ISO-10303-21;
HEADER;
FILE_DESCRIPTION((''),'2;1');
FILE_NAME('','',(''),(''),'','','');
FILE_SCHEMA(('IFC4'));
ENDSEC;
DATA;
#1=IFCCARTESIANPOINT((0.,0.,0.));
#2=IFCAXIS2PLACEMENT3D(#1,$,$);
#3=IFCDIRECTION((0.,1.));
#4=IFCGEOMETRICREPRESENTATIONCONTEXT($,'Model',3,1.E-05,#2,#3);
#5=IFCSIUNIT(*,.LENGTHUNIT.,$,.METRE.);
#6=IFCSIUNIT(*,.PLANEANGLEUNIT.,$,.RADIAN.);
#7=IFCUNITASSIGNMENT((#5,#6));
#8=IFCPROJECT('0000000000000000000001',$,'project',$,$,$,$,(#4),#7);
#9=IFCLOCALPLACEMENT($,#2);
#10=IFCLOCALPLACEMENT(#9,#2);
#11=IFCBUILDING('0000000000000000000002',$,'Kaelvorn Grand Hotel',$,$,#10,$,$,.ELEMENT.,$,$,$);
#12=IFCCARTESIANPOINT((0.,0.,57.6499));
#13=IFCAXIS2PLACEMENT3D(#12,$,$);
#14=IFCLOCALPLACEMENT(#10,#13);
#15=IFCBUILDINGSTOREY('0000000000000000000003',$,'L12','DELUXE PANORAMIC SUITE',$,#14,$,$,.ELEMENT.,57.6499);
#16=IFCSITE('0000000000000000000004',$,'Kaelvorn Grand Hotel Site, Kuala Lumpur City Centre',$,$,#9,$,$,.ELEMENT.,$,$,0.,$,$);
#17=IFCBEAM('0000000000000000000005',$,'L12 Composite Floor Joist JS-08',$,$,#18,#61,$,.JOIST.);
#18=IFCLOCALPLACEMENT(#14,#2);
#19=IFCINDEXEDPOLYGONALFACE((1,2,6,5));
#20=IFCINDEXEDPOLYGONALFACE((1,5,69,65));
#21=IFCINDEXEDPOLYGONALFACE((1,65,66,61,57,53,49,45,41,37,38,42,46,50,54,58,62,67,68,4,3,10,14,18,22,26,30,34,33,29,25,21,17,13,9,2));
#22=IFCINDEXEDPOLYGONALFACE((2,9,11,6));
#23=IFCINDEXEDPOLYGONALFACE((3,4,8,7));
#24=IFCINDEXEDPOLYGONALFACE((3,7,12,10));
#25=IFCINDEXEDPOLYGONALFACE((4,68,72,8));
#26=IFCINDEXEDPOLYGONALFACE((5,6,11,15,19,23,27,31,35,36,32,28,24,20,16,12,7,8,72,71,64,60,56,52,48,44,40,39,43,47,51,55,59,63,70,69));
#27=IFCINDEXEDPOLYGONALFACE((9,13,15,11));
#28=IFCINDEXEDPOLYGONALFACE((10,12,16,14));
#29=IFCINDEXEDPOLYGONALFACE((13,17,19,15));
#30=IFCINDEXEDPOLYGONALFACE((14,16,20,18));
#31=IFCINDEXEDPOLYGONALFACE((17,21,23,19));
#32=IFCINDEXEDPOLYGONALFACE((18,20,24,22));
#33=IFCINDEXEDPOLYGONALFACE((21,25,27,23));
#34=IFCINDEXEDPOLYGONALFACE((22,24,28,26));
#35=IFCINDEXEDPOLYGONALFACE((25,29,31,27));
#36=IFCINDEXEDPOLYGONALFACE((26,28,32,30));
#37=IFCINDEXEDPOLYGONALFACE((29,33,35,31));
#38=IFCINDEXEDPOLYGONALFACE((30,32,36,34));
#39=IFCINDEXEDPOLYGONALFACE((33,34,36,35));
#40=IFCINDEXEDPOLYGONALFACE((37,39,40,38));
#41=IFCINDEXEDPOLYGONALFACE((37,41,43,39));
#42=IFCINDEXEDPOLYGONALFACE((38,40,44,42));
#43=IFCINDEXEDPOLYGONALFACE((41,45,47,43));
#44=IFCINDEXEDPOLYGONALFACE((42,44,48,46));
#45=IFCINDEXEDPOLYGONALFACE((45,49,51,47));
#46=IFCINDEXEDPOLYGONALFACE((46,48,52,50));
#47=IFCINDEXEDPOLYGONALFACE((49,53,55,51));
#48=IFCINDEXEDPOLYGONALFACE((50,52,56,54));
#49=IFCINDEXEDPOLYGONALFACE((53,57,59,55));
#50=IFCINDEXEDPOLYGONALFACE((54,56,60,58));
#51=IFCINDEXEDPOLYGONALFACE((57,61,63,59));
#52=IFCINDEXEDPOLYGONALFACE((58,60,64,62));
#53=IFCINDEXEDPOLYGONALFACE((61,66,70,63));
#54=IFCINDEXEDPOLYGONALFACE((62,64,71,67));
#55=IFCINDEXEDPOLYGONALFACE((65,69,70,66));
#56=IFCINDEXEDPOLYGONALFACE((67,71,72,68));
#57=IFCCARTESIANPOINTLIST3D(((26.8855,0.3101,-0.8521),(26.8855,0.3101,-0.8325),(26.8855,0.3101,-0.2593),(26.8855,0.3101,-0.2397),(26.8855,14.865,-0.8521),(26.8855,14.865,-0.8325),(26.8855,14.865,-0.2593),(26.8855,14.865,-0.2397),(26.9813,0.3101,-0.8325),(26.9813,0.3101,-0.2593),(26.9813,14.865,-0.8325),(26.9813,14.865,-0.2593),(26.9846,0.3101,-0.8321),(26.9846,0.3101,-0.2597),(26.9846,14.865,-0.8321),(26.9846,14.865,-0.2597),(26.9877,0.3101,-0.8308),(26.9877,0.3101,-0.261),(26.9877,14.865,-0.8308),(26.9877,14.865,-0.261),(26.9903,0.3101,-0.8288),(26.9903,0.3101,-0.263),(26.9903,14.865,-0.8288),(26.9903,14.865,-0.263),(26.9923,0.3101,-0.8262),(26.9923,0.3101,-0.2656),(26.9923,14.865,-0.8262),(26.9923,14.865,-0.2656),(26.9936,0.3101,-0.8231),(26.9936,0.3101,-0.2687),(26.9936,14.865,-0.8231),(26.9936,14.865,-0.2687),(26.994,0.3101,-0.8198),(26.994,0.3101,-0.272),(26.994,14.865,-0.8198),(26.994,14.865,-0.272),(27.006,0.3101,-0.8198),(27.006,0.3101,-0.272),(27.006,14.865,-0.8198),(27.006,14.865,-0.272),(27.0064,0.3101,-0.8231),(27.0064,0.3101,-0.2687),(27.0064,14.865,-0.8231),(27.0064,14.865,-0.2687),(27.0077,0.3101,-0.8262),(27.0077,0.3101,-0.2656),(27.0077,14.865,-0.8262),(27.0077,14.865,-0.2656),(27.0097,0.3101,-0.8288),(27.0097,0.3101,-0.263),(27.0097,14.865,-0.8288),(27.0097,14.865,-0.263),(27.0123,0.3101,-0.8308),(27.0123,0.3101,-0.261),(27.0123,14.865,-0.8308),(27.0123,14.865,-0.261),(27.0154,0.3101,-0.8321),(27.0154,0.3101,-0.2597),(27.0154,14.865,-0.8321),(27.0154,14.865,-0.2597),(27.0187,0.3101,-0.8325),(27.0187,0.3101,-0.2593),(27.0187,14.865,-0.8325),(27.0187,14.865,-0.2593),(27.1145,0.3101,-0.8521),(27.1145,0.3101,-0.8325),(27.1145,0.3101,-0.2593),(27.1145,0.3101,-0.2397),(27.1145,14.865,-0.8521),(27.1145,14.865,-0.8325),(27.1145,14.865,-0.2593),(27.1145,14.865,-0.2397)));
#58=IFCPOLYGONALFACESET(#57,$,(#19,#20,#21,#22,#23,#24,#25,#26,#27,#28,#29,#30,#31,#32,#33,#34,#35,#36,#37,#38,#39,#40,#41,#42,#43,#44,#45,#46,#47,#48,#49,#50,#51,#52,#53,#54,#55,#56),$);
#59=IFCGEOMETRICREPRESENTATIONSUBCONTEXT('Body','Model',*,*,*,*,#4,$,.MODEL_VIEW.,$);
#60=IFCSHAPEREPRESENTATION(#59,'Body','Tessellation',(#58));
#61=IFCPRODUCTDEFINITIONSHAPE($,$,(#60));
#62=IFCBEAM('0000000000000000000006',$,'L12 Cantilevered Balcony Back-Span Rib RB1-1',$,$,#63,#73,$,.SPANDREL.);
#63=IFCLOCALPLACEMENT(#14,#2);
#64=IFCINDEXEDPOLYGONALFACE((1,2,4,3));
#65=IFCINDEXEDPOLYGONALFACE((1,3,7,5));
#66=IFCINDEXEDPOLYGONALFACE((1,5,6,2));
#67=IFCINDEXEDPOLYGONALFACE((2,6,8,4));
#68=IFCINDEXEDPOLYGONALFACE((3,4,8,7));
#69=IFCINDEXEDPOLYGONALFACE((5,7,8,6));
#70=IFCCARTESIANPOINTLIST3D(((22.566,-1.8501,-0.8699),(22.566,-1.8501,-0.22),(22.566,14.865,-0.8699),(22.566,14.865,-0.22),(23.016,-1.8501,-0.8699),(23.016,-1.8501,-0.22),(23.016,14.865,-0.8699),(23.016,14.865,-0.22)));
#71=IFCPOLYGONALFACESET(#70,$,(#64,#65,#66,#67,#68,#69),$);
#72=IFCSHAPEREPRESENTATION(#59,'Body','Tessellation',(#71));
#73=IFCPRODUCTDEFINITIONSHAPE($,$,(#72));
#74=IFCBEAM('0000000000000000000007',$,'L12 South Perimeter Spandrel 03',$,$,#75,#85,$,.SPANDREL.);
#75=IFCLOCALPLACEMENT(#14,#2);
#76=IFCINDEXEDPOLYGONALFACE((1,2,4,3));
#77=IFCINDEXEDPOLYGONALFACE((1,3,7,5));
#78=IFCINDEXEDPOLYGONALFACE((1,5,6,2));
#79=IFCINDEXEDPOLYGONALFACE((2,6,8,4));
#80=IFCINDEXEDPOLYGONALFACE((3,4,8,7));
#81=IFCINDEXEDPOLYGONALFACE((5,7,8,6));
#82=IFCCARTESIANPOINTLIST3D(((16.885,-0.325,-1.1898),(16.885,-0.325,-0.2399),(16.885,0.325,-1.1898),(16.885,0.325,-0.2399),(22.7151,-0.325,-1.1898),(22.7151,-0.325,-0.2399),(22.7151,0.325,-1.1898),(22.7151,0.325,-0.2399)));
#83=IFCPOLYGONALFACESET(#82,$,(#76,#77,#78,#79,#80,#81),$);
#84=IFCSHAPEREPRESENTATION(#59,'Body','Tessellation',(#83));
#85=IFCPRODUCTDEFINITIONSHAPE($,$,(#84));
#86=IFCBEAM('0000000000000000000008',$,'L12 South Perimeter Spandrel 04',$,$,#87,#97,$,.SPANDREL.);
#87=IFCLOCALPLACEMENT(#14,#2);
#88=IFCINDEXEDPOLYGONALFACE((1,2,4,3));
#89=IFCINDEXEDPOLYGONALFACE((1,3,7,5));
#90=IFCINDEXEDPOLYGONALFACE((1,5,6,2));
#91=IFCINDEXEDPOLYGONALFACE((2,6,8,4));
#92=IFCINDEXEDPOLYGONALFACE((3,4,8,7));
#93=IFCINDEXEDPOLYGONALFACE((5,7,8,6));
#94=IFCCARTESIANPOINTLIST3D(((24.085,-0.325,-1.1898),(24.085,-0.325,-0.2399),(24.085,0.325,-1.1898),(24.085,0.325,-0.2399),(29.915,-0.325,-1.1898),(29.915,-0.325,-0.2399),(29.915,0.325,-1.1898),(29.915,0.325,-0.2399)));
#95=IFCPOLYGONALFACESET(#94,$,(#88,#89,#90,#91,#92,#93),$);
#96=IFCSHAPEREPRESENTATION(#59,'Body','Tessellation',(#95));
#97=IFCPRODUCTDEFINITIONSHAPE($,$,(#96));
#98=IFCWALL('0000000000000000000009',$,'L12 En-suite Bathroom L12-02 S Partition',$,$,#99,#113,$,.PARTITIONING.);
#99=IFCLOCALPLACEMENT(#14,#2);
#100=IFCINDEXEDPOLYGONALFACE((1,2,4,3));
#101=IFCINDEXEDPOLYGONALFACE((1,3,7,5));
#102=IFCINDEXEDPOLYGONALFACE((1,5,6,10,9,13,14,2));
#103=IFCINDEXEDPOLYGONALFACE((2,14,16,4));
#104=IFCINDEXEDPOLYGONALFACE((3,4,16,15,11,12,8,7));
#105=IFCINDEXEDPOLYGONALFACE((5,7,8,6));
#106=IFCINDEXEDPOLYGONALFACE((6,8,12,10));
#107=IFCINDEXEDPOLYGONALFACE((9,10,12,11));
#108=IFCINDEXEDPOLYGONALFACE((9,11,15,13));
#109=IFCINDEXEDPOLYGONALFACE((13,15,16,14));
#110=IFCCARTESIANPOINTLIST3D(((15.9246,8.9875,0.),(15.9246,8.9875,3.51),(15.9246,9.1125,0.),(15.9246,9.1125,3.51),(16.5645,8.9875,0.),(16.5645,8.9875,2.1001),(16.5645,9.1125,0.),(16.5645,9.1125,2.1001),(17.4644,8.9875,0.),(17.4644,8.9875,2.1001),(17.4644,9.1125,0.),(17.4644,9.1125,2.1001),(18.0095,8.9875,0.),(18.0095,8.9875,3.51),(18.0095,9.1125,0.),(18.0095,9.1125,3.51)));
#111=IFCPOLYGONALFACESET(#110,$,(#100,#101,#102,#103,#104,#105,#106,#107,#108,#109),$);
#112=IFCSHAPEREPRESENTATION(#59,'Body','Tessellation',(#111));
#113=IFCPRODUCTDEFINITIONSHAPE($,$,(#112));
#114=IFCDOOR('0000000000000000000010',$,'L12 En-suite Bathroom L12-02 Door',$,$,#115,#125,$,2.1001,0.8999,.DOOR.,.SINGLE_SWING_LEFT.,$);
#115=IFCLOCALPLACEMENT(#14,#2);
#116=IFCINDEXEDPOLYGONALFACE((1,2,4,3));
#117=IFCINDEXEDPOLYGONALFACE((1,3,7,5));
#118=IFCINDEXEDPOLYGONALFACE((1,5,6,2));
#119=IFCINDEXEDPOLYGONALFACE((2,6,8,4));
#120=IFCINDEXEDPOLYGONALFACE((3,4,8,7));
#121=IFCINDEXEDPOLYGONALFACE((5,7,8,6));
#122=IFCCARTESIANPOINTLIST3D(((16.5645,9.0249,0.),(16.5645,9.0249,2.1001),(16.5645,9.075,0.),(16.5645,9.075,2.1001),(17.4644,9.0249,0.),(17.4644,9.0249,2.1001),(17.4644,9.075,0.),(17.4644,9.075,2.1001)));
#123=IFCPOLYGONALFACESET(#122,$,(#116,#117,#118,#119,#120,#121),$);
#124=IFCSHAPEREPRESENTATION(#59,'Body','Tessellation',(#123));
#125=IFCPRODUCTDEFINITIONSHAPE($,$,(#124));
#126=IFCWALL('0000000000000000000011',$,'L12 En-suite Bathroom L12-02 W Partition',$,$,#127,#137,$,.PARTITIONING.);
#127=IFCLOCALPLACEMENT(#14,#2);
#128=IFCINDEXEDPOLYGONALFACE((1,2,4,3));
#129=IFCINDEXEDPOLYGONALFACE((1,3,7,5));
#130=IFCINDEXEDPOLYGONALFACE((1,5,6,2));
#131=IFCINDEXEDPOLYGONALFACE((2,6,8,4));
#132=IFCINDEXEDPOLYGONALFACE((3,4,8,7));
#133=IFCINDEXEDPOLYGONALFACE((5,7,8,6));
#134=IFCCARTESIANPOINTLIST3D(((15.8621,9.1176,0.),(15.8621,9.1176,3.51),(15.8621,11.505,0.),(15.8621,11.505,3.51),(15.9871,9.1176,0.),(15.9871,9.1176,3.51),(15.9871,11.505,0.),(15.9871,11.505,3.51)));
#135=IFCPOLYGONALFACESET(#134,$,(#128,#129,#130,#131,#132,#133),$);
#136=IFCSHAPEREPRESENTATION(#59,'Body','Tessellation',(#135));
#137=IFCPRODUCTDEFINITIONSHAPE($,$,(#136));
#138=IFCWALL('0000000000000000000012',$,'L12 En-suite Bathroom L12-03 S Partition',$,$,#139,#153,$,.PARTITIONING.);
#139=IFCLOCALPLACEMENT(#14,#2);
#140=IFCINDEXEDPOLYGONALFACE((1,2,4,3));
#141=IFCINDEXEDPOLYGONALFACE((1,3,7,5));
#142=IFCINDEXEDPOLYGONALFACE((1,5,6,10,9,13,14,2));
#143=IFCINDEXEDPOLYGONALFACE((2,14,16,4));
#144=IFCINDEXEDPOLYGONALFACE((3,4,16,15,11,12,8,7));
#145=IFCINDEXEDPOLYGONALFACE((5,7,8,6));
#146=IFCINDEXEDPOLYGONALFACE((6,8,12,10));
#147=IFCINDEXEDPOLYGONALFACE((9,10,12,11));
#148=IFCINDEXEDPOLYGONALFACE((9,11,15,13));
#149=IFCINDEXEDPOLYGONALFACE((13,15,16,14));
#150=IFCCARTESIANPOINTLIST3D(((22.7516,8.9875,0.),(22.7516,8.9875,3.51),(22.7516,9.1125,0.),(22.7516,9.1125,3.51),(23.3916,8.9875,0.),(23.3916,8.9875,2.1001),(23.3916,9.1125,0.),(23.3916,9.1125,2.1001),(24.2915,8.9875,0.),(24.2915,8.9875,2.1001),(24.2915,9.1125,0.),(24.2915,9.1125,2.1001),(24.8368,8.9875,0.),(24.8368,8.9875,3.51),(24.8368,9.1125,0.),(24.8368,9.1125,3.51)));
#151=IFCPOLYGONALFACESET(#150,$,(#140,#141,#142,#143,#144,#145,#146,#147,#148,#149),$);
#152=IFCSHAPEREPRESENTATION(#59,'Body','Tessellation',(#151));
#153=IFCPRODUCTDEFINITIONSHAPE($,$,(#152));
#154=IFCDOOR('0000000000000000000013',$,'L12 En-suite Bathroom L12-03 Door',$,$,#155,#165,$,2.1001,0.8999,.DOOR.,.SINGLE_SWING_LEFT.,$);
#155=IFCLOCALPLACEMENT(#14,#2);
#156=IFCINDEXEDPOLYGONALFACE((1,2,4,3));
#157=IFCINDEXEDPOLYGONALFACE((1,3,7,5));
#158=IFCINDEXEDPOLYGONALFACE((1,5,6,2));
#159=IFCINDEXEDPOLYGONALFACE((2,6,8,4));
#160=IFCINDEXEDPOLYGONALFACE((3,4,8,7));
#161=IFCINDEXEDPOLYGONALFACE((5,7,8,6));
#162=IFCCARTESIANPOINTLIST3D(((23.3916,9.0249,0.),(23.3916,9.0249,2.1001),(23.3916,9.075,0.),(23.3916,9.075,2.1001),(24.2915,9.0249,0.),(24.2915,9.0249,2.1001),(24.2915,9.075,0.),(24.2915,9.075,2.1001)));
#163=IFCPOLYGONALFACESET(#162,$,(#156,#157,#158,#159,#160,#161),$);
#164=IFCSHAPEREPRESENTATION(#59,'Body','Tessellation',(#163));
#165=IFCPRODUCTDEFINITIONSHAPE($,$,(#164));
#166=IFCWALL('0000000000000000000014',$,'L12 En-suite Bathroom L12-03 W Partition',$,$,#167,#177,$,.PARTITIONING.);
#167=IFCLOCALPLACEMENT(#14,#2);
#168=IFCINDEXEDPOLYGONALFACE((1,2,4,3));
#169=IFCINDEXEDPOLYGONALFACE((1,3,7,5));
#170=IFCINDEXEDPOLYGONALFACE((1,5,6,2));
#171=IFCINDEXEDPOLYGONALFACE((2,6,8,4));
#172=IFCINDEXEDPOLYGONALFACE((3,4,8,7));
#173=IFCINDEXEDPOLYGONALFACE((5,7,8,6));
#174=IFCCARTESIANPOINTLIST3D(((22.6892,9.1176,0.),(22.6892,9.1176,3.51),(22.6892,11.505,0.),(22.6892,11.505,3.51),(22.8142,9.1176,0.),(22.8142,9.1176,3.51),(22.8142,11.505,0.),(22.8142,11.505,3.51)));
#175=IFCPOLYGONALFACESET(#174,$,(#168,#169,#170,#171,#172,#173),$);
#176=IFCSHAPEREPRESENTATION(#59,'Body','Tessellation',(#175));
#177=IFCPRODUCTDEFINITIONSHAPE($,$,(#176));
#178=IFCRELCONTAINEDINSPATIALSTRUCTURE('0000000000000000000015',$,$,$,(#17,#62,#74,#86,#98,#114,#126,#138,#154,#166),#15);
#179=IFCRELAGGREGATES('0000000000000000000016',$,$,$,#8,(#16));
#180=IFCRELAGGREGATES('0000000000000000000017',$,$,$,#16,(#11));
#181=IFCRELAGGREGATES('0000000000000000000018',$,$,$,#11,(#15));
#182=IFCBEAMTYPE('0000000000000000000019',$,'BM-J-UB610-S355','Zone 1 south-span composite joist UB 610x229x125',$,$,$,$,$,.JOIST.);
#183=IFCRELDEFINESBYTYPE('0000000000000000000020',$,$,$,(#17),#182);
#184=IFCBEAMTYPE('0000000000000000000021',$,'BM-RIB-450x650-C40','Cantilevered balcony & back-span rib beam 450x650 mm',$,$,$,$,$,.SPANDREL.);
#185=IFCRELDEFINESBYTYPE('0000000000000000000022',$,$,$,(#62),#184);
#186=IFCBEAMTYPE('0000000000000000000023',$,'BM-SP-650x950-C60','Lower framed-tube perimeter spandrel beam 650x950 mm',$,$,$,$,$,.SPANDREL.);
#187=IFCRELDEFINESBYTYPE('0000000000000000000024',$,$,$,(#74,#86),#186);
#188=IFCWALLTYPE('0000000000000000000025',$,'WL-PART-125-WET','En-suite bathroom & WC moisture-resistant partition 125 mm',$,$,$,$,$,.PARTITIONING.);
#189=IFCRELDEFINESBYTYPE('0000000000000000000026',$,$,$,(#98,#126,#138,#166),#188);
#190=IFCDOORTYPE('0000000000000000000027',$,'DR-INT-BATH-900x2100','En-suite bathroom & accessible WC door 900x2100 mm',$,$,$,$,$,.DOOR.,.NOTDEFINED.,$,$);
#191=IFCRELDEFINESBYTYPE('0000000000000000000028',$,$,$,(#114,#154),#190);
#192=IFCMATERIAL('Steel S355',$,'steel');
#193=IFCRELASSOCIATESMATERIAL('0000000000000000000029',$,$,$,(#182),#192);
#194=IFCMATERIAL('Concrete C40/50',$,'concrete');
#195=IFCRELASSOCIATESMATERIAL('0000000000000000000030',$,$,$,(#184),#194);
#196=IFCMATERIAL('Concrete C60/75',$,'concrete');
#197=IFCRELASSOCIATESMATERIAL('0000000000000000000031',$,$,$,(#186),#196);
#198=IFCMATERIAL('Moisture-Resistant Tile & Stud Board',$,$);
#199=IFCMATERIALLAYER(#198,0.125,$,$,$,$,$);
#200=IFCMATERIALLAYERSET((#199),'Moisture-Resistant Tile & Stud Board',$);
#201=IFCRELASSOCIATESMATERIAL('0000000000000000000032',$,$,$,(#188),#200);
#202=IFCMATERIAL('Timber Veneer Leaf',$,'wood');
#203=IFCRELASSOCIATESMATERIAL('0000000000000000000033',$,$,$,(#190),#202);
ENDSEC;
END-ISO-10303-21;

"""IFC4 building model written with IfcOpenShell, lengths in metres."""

from ifc_helpers import new_model, si_unit, direction, frame, frame_2d, origin, origin_2d, place, context, subcontext, project, spatial, rectangle, i_section, extrude, material, layer, layer_set, material_profile, profile_set, type_object, element, fill, save


model = new_model("IFC4")

# Units and contexts
model_context = context("Model", 3, precision=1e-05, world=origin(), true_north=direction((0.0, 1.0)))
body_context = subcontext(model_context, "Body", "Model", "MODEL_VIEW")
ifc_project = project(units=[si_unit("LENGTHUNIT", "METRE"), si_unit("PLANEANGLEUNIT", "RADIAN")], contexts=[model_context])

# Site, building, storey
site_placement = place(None, origin())
site = spatial("IfcSite", under=ifc_project, at=site_placement, Name="Kaelvorn Grand Hotel Site, Kuala Lumpur City Centre", CompositionType="ELEMENT", RefElevation=0.0)
building_placement = place(site_placement, origin())
building = spatial("IfcBuilding", under=site, at=building_placement, Name="Kaelvorn Grand Hotel", CompositionType="ELEMENT")
storey_placement = place(building_placement, frame((0.0, 0.0, 57.6499)))
storey = spatial("IfcBuildingStorey", under=building, at=storey_placement, Name="L12", Description="DELUXE PANORAMIC SUITE", CompositionType="ELEMENT", Elevation=57.6499)

# Beams
ifc_material_1 = material(Name="Steel S355", Category="steel")
ifc_material_profile_1 = material_profile(ifc_material_1, i_section(OverallWidth=0.229, OverallDepth=0.6123, WebThickness=0.012, FlangeThickness=0.0195, FilletRadius=0.0127, at=origin_2d()), Name="UB 610x229x125")
ifc_profile_set_1 = profile_set([ifc_material_profile_1], Name="Steel S355")
beam_type_1 = type_object("IfcBeamType", Name="BM-J-UB610-S355", Description="Zone 1 south-span composite joist UB 610x229x125", PredefinedType="JOIST", material=ifc_profile_set_1)
for number, where, z_axis, x_axis, name in (
    (1, (27.0, 0.3101, -0.5459), (0.0, 1.0, 0.0), (-1.0, 0.0, 0.0), "L12 Composite Floor Joist JS-08"),
):
    element("IfcBeam", number, at=place(storey_placement, frame(where, z_axis=z_axis, x_axis=x_axis)), inside=storey, type_object=beam_type_1, Name=name, PredefinedType="JOIST", context=body_context, shape_type="SweptSolid", body=[
        extrude(i_section(OverallWidth=0.229, OverallDepth=0.6123, WebThickness=0.012, FlangeThickness=0.0195, FilletRadius=0.0127, at=origin_2d()), origin(), (0.0, 0.0, 1.0), 14.5549),
    ])
ifc_material_2 = material(Name="Concrete C40/50", Category="concrete")
ifc_material_profile_2 = material_profile(ifc_material_2, rectangle(XDim=0.45, YDim=0.6499, at=origin_2d()), Name="RC RIB 450x650")
ifc_profile_set_2 = profile_set([ifc_material_profile_2], Name="Concrete C40/50")
beam_type_2 = type_object("IfcBeamType", Name="BM-RIB-450x650-C40", Description="Cantilevered balcony & back-span rib beam 450x650 mm", PredefinedType="SPANDREL", material=ifc_profile_set_2)
beam_1_placement = place(storey_placement, frame((22.791, -1.8501, -0.5449), z_axis=(0.0, 1.0, 0.0), x_axis=(-1.0, 0.0, 0.0)))
element("IfcBeam", 2, at=beam_1_placement, inside=storey, type_object=beam_type_2, Name="L12 Cantilevered Balcony Back-Span Rib RB1-1", PredefinedType="SPANDREL", context=body_context, shape_type="SweptSolid", body=[
    extrude(rectangle(XDim=0.45, YDim=0.6499, at=origin_2d()), origin(), (0.0, 0.0, 1.0), 16.7151),
])
ifc_material_3 = material(Name="Concrete C60/75", Category="concrete")
ifc_material_profile_3 = material_profile(ifc_material_3, rectangle(XDim=0.6499, YDim=0.95, at=origin_2d()), Name="RC SPANDREL 650x950")
ifc_profile_set_3 = profile_set([ifc_material_profile_3], Name="Concrete C60/75")
beam_type_3 = type_object("IfcBeamType", Name="BM-SP-650x950-C60", Description="Lower framed-tube perimeter spandrel beam 650x950 mm", PredefinedType="SPANDREL", material=ifc_profile_set_3)
for number, where, z_axis, x_axis, name in (
    (3, (16.885, 0.0, -0.7148), (1.0, 0.0, 0.0), (0.0, 1.0, 0.0), "L12 South Perimeter Spandrel 03"),
    (4, (24.085, 0.0, -0.7148), (1.0, 0.0, 0.0), (0.0, 1.0, 0.0), "L12 South Perimeter Spandrel 04"),
):
    element("IfcBeam", number, at=place(storey_placement, frame(where, z_axis=z_axis, x_axis=x_axis)), inside=storey, type_object=beam_type_3, Name=name, PredefinedType="SPANDREL", context=body_context, shape_type="SweptSolid", body=[
        extrude(rectangle(XDim=0.6499, YDim=0.95, at=origin_2d()), origin(), (0.0, 0.0, 1.0), 5.8301),
    ])

# Wall, opening, door
ifc_material_4 = material(Name="Moisture-Resistant Tile & Stud Board")
ifc_layer_1 = layer(ifc_material_4, 0.125)
ifc_layer_set_1 = layer_set([ifc_layer_1], Name="Moisture-Resistant Tile & Stud Board")
wall_type_1 = type_object("IfcWallType", Name="WL-PART-125-WET", Description="En-suite bathroom & WC moisture-resistant partition 125 mm", PredefinedType="PARTITIONING", material=ifc_layer_set_1)
wall_1_placement = place(storey_placement, frame((15.9246, 9.05, 0.0), z_axis=(0.0, 0.0, 1.0), x_axis=(1.0, 0.0, 0.0)))
wall_1 = element("IfcWall", 5, at=wall_1_placement, inside=storey, type_object=wall_type_1, Name="L12 En-suite Bathroom L12-02 S Partition", PredefinedType="PARTITIONING", context=body_context, shape_type="SweptSolid", body=[
    extrude(rectangle(XDim=2.085, YDim=0.125, at=frame_2d((1.0425, 0.0))), origin(), (0.0, 0.0, 1.0), 3.51),
])
opening_1_placement = place(wall_1_placement, frame((0.6399, 0.0, 0.0)))
opening_1 = element("IfcOpeningElement", 6, at=opening_1_placement, cuts=wall_1, PredefinedType="OPENING", context=body_context, shape_type="SweptSolid", body=[
    extrude(rectangle(XDim=0.8999, YDim=2.1001, at=frame_2d((0.45, 1.05))), frame((0.0, 0.0725, 0.0), z_axis=(0.0, -1.0, 0.0), x_axis=(1.0, 0.0, 0.0)), (0.0, 0.0, 1.0), 0.145),
])
ifc_material_5 = material(Name="Timber Veneer Leaf", Category="wood")
door_type_1 = type_object("IfcDoorType", Name="DR-INT-BATH-900x2100", Description="En-suite bathroom & accessible WC door 900x2100 mm", OperationType="NOTDEFINED", PredefinedType="DOOR", material=ifc_material_5)
door_1_placement = place(opening_1_placement, origin())
door_1 = element("IfcDoor", 7, at=door_1_placement, inside=storey, type_object=door_type_1, Name="L12 En-suite Bathroom L12-02 Door", OperationType="SINGLE_SWING_LEFT", OverallHeight=2.1001, OverallWidth=0.8999, PredefinedType="DOOR", context=body_context, shape_type="SweptSolid", body=[
    extrude(rectangle(XDim=0.8999, YDim=2.1001, at=frame_2d((0.45, 1.05))), frame((0.0, 0.0249, 0.0), z_axis=(0.0, -1.0, 0.0), x_axis=(1.0, 0.0, 0.0)), (0.0, 0.0, 1.0), 0.05),
])
fill(opening_1, door_1)

# Wall
wall_2_placement = place(storey_placement, frame((15.9246, 9.1174, 0.0), z_axis=(0.0, 0.0, 1.0), x_axis=(0.0, 1.0, 0.0)))
element("IfcWall", 8, at=wall_2_placement, inside=storey, type_object=wall_type_1, Name="L12 En-suite Bathroom L12-02 W Partition", PredefinedType="PARTITIONING", context=body_context, shape_type="SweptSolid", body=[
    extrude(rectangle(XDim=2.3875, YDim=0.125, at=frame_2d((1.1938, 0.0))), origin(), (0.0, 0.0, 1.0), 3.51),
])

# Wall, opening, door
wall_3_placement = place(storey_placement, frame((22.7517, 9.05, 0.0), z_axis=(0.0, 0.0, 1.0), x_axis=(1.0, 0.0, 0.0)))
wall_3 = element("IfcWall", 9, at=wall_3_placement, inside=storey, type_object=wall_type_1, Name="L12 En-suite Bathroom L12-03 S Partition", PredefinedType="PARTITIONING", context=body_context, shape_type="SweptSolid", body=[
    extrude(rectangle(XDim=2.0852, YDim=0.125, at=frame_2d((1.0425, 0.0))), origin(), (0.0, 0.0, 1.0), 3.51),
])
opening_2_placement = place(wall_3_placement, frame((0.6399, 0.0, 0.0)))
opening_2 = element("IfcOpeningElement", 10, at=opening_2_placement, cuts=wall_3, PredefinedType="OPENING", context=body_context, shape_type="SweptSolid", body=[
    extrude(rectangle(XDim=0.8999, YDim=2.1001, at=frame_2d((0.45, 1.05))), frame((0.0, 0.0725, 0.0), z_axis=(0.0, -1.0, 0.0), x_axis=(1.0, 0.0, 0.0)), (0.0, 0.0, 1.0), 0.145),
])
door_2_placement = place(opening_2_placement, origin())
door_2 = element("IfcDoor", 11, at=door_2_placement, inside=storey, type_object=door_type_1, Name="L12 En-suite Bathroom L12-03 Door", OperationType="SINGLE_SWING_LEFT", OverallHeight=2.1001, OverallWidth=0.8999, PredefinedType="DOOR", context=body_context, shape_type="SweptSolid", body=[
    extrude(rectangle(XDim=0.8999, YDim=2.1001, at=frame_2d((0.45, 1.05))), frame((0.0, 0.0249, 0.0), z_axis=(0.0, -1.0, 0.0), x_axis=(1.0, 0.0, 0.0)), (0.0, 0.0, 1.0), 0.05),
])
fill(opening_2, door_2)

# Wall
wall_4_placement = place(storey_placement, frame((22.7517, 9.1174, 0.0), z_axis=(0.0, 0.0, 1.0), x_axis=(0.0, 1.0, 0.0)))
element("IfcWall", 12, at=wall_4_placement, inside=storey, type_object=wall_type_1, Name="L12 En-suite Bathroom L12-03 W Partition", PredefinedType="PARTITIONING", context=body_context, shape_type="SweptSolid", body=[
    extrude(rectangle(XDim=2.3875, YDim=0.125, at=frame_2d((1.1938, 0.0))), origin(), (0.0, 0.0, 1.0), 3.51),
])

save(model, "model.ifc")
